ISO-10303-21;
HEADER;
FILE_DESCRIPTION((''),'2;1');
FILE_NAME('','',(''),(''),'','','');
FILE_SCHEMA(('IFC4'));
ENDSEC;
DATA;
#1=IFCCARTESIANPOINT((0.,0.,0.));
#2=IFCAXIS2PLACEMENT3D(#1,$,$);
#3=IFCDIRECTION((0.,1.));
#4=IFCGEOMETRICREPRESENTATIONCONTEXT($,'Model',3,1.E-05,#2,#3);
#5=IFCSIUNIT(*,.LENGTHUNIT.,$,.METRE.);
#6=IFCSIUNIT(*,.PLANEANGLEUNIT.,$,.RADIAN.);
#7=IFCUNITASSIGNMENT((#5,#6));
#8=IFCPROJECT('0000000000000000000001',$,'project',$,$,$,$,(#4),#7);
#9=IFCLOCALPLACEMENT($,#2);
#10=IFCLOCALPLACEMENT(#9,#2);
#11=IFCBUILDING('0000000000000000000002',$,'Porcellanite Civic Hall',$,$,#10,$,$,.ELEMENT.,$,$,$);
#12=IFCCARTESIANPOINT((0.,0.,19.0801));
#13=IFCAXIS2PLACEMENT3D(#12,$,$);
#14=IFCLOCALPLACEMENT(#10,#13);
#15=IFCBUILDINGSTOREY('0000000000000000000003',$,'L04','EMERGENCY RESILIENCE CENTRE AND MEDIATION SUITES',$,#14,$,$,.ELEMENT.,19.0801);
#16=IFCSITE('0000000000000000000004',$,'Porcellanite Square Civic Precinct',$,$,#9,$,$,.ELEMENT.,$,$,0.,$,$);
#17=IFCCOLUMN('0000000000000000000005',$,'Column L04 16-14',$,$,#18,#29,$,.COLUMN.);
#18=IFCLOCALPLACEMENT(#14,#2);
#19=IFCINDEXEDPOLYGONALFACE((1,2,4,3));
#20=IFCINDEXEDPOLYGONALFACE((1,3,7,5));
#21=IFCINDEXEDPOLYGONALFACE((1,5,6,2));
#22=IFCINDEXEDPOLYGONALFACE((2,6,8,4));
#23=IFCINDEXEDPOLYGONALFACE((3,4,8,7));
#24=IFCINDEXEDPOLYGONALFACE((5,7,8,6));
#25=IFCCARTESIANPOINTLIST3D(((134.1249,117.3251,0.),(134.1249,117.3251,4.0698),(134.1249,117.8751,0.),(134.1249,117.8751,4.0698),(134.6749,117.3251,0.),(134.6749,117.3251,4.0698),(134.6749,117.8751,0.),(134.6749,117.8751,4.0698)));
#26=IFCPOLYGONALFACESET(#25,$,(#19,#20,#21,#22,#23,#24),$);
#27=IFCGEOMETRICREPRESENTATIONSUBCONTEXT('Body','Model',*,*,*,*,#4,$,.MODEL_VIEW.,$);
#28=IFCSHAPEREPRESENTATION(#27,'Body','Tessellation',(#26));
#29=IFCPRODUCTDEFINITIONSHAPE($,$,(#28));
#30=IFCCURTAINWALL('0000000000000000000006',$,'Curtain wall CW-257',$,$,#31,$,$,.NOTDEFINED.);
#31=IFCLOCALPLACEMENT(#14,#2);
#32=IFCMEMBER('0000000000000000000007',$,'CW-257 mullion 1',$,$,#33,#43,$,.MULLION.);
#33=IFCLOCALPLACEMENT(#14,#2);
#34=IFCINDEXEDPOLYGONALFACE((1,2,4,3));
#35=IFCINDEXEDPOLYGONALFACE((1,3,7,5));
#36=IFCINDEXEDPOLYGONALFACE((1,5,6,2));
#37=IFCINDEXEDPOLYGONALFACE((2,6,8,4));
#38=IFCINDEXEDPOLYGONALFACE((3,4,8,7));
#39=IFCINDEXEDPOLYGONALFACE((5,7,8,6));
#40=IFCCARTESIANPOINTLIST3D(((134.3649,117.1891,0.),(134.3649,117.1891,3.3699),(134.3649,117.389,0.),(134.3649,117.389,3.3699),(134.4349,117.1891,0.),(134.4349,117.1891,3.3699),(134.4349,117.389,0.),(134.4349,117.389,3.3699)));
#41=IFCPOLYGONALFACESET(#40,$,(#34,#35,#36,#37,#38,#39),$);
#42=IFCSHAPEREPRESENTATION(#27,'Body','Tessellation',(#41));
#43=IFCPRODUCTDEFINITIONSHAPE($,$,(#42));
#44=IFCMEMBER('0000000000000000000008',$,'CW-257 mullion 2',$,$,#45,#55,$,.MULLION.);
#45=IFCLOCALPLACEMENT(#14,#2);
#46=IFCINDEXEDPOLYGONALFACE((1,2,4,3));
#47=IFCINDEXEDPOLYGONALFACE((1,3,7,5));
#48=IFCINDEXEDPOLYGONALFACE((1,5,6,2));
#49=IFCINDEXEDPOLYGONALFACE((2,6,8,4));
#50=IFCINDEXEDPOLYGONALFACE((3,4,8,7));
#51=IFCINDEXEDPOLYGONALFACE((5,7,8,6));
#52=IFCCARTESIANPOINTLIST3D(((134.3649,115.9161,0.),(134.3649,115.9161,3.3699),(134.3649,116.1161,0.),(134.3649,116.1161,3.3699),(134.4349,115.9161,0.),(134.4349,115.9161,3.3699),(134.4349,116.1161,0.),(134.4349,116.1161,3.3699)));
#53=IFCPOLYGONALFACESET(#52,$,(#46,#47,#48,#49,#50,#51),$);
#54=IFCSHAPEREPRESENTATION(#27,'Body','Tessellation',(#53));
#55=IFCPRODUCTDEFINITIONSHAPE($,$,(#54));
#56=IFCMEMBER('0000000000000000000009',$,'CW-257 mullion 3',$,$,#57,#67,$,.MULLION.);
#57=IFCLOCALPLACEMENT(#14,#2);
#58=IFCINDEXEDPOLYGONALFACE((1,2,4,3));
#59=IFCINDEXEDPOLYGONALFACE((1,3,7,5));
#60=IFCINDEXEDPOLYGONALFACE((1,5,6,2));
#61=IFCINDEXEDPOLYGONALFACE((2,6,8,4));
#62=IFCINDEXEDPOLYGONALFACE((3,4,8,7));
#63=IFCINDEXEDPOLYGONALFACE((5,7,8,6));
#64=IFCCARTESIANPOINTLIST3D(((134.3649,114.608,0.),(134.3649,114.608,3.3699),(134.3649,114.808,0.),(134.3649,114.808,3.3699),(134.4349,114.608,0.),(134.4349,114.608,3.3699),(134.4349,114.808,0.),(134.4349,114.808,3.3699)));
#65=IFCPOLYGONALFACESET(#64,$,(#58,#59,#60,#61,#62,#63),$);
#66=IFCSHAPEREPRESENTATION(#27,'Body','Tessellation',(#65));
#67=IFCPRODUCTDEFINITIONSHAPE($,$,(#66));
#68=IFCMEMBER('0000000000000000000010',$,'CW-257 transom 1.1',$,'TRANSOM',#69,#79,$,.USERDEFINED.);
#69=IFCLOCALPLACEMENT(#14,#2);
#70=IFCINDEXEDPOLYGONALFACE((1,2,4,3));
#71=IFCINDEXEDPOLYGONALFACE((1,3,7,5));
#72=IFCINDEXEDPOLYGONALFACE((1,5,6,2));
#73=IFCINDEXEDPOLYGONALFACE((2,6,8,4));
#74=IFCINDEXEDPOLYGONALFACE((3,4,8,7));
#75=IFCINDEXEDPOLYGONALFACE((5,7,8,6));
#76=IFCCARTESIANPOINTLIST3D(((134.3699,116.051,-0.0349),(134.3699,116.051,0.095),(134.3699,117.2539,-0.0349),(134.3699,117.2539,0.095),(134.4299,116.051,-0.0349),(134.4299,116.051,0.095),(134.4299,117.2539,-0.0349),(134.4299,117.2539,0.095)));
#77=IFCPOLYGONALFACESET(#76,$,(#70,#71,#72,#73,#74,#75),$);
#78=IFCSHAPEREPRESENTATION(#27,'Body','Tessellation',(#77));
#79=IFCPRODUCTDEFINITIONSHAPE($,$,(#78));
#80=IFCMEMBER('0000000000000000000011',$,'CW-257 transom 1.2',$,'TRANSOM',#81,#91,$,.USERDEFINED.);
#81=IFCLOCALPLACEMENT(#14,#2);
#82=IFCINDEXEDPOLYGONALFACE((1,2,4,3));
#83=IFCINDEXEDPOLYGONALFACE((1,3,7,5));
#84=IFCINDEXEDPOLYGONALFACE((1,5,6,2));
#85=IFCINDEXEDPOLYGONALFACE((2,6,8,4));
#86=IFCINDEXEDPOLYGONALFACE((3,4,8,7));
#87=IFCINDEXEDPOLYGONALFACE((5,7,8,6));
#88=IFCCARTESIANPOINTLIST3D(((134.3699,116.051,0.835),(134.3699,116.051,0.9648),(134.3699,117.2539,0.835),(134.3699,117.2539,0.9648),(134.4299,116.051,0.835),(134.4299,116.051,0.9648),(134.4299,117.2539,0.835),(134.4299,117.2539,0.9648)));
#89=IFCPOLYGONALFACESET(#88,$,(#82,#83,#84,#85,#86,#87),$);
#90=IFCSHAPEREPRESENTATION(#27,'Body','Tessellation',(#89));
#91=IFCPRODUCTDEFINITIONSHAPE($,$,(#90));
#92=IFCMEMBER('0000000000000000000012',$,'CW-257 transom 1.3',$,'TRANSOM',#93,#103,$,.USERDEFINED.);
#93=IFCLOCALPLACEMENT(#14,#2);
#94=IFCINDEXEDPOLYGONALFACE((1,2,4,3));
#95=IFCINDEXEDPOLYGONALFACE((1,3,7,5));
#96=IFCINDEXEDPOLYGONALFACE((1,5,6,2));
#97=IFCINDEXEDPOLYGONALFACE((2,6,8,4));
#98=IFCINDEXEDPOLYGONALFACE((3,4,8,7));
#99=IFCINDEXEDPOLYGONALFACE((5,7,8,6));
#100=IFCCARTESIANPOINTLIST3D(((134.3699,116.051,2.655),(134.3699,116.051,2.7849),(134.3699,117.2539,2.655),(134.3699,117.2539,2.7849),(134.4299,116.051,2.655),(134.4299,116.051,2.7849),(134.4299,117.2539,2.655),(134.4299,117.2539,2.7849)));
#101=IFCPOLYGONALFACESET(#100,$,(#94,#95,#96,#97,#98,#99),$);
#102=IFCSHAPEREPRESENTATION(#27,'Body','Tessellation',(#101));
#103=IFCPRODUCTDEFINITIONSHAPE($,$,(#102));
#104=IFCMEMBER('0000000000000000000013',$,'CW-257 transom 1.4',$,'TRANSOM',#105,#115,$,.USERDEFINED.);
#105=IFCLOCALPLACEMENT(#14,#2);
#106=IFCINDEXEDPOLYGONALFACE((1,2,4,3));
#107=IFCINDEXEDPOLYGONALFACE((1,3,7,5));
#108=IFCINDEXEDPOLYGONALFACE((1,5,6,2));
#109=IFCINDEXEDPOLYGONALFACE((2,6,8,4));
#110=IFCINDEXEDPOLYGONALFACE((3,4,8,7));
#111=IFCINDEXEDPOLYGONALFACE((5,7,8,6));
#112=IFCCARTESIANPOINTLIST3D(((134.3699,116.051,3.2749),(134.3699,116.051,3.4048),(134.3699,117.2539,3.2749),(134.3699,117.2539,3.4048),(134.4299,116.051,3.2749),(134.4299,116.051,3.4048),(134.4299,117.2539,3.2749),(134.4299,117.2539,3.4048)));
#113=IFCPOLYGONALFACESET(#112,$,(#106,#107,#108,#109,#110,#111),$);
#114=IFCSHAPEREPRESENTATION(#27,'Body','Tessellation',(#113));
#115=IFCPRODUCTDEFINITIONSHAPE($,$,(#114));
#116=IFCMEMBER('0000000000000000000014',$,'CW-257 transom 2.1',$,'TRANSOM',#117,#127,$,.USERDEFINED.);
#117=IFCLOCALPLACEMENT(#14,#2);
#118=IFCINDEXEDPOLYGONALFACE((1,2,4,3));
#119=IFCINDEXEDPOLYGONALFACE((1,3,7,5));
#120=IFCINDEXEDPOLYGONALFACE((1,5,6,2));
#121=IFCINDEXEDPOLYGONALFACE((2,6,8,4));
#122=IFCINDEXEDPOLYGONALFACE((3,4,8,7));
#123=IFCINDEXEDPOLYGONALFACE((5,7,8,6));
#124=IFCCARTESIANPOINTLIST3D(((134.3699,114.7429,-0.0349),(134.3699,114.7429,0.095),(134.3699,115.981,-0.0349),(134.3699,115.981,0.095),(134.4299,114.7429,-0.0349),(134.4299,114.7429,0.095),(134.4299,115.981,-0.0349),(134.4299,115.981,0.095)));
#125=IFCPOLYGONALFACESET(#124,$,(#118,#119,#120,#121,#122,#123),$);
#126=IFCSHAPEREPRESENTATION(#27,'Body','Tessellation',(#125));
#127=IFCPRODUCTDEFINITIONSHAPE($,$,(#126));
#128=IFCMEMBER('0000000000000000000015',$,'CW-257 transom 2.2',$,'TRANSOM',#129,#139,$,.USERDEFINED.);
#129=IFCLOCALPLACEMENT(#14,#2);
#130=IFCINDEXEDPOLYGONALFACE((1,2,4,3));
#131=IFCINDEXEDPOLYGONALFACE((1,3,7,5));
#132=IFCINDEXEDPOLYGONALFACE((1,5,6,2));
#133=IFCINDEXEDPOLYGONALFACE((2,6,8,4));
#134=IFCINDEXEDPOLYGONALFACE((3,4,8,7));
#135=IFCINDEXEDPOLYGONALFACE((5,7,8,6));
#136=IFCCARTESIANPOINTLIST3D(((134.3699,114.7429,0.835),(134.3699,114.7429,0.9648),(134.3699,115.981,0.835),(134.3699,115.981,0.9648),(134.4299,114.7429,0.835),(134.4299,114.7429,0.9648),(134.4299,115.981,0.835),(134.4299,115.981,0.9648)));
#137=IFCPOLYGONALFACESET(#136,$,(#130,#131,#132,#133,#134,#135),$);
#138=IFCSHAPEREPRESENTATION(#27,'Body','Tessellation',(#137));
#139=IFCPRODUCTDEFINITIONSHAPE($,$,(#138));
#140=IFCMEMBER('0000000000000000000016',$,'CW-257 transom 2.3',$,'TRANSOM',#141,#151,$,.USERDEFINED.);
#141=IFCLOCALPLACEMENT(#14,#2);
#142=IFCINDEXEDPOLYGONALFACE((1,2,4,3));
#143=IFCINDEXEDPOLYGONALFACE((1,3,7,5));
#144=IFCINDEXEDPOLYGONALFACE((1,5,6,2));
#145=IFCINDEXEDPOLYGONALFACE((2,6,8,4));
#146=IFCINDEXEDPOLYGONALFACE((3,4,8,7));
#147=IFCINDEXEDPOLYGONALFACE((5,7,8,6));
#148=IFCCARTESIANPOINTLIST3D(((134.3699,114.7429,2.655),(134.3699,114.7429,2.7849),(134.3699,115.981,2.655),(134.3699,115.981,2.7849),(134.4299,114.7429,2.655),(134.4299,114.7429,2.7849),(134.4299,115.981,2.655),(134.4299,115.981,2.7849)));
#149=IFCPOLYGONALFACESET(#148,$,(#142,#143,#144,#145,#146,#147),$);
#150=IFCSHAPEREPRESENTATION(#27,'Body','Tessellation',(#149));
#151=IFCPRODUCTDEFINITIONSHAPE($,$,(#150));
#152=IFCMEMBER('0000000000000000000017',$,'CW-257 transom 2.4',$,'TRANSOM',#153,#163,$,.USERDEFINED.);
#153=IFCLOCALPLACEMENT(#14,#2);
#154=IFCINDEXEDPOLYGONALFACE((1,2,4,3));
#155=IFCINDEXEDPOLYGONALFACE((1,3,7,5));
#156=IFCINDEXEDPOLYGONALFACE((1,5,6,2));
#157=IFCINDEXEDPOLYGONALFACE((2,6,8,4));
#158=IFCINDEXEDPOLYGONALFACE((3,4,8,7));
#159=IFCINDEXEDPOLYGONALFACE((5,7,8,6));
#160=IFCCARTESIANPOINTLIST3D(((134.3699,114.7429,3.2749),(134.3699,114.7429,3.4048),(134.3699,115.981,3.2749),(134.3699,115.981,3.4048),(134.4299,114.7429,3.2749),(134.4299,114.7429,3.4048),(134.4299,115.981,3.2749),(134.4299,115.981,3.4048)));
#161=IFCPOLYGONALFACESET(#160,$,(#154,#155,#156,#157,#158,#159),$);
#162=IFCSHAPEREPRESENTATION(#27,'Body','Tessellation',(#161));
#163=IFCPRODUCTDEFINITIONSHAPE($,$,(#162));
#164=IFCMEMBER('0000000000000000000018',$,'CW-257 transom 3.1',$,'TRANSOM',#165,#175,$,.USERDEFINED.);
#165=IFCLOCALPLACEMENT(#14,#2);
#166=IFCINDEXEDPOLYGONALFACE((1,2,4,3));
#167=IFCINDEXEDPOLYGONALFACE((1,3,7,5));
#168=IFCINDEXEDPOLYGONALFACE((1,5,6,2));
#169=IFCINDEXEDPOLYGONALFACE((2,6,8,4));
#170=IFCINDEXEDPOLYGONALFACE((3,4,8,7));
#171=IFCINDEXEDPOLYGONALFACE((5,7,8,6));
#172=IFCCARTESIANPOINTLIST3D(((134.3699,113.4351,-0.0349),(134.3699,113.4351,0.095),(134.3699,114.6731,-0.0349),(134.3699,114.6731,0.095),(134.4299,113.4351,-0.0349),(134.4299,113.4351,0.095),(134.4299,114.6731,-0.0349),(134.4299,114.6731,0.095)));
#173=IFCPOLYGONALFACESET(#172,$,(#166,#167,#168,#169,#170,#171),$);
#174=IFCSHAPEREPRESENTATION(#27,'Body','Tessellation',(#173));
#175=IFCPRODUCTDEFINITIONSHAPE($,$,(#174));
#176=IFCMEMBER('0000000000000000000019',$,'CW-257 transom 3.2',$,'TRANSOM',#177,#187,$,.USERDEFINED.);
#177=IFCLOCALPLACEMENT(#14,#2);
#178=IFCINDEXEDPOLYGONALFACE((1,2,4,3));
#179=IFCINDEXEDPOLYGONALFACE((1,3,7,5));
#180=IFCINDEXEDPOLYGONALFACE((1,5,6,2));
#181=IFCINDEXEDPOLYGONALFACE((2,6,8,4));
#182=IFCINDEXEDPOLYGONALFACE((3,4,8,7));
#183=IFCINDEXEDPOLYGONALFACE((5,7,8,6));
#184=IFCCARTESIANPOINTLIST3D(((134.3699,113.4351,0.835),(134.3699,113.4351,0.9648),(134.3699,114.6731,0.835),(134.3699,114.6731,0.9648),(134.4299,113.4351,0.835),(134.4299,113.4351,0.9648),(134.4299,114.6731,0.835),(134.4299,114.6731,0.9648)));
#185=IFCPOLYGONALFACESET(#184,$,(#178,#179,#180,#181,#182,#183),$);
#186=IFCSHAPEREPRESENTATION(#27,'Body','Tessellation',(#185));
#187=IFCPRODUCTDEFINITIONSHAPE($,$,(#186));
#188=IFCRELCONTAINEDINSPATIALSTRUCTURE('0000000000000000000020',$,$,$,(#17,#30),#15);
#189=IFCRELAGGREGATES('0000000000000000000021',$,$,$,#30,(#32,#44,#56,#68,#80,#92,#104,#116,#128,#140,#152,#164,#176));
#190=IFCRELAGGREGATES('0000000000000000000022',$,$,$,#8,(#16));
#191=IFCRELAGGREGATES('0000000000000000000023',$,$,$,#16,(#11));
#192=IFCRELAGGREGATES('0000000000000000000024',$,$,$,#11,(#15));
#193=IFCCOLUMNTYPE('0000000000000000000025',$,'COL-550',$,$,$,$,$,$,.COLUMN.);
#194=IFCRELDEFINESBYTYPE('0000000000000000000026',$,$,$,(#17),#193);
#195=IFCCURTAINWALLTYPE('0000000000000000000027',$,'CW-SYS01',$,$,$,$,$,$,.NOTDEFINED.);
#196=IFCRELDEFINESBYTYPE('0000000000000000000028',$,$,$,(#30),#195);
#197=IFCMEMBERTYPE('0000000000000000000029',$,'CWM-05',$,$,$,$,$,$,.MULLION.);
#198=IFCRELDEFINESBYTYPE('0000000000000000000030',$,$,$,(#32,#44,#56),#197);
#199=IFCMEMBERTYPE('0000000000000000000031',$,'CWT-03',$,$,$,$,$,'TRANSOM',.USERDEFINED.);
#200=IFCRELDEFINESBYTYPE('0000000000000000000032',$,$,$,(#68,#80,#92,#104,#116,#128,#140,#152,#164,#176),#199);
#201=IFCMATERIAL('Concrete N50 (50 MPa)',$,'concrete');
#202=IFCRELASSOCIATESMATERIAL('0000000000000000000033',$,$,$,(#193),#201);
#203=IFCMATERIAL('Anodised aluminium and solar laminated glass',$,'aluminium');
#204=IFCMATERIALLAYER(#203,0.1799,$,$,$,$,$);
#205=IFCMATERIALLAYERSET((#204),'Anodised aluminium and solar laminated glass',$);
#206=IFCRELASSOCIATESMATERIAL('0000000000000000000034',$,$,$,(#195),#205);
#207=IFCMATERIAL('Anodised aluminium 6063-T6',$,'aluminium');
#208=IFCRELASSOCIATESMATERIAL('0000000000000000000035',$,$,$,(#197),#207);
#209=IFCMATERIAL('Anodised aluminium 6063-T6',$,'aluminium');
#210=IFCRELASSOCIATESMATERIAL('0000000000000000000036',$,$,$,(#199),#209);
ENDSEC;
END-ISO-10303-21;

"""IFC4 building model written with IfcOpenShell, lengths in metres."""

from ifc_helpers import new_model, si_unit, direction, frame, origin, origin_2d, place, context, subcontext, project, spatial, rectangle, extrude, material, layer, layer_set, material_profile, profile_set, type_object, element, aggregate, save


model = new_model("IFC4")

# Units and contexts
model_context = context("Model", 3, precision=1e-05, world=origin(), true_north=direction((0.0, 1.0)))
body_context = subcontext(model_context, "Body", "Model", "MODEL_VIEW")
ifc_project = project(units=[si_unit("LENGTHUNIT", "METRE"), si_unit("PLANEANGLEUNIT", "RADIAN")], contexts=[model_context])

# Site, building, storey
site_placement = place(None, origin())
site = spatial("IfcSite", under=ifc_project, at=site_placement, Name="Porcellanite Square Civic Precinct", CompositionType="ELEMENT", RefElevation=0.0)
building_placement = place(site_placement, origin())
building = spatial("IfcBuilding", under=site, at=building_placement, Name="Porcellanite Civic Hall", CompositionType="ELEMENT")
storey_placement = place(building_placement, frame((0.0, 0.0, 19.0801)))
storey = spatial("IfcBuildingStorey", under=building, at=storey_placement, Name="L04", Description="EMERGENCY RESILIENCE CENTRE AND MEDIATION SUITES", CompositionType="ELEMENT", Elevation=19.0801)

# Column
ifc_material_1 = material(Name="Concrete N50 (50 MPa)", Category="concrete")
ifc_material_profile_1 = material_profile(ifc_material_1, rectangle(XDim=0.55, YDim=0.55, at=origin_2d()), Name="RC-550x550")
ifc_profile_set_1 = profile_set([ifc_material_profile_1], Name="Concrete N50 (50 MPa)")
column_type = type_object("IfcColumnType", Name="COL-550", PredefinedType="COLUMN", material=ifc_profile_set_1)
column_placement = place(storey_placement, frame((134.3999, 117.6001, 0.0), z_axis=(0.0, 0.0, 1.0), x_axis=(1.0, 0.0, 0.0)))
element("IfcColumn", 1, at=column_placement, inside=storey, type_object=column_type, Name="Column L04 16-14", PredefinedType="COLUMN", context=body_context, shape_type="SweptSolid", body=[
    extrude(rectangle(XDim=0.55, YDim=0.55, at=origin_2d()), origin(), (0.0, 0.0, 1.0), 4.0698),
])

# Curtain wall, members
ifc_material_2 = material(Name="Anodised aluminium and solar laminated glass", Category="aluminium")
ifc_layer_1 = layer(ifc_material_2, 0.1799)
ifc_layer_set_1 = layer_set([ifc_layer_1], Name="Anodised aluminium and solar laminated glass")
curtain_wall_type = type_object("IfcCurtainWallType", Name="CW-SYS01", PredefinedType="NOTDEFINED", material=ifc_layer_set_1)
curtain_wall_placement = place(storey_placement, origin())
curtain_wall = element("IfcCurtainWall", 2, at=curtain_wall_placement, inside=storey, type_object=curtain_wall_type, Name="Curtain wall CW-257", PredefinedType="NOTDEFINED")
ifc_material_3 = material(Name="Anodised aluminium 6063-T6", Category="aluminium")
ifc_material_profile_2 = material_profile(ifc_material_3, rectangle(XDim=0.0701, YDim=0.2, at=origin_2d()), Name="AL-70x200")
ifc_profile_set_2 = profile_set([ifc_material_profile_2], Name="Anodised aluminium 6063-T6")
member_type_1 = type_object("IfcMemberType", Name="CWM-05", PredefinedType="MULLION", material=ifc_profile_set_2)
member_1_placement = place(storey_placement, frame((134.3999, 117.2891, 0.0), z_axis=(0.0, 0.0, 1.0), x_axis=(1.0, 0.0, 0.0)))
member_1 = element("IfcMember", 3, at=member_1_placement, type_object=member_type_1, Name="CW-257 mullion 1", PredefinedType="MULLION", context=body_context, shape_type="SweptSolid", body=[
    extrude(rectangle(XDim=0.0701, YDim=0.2, at=origin_2d()), origin(), (0.0, 0.0, 1.0), 3.3699),
])
member_2_placement = place(storey_placement, frame((134.3999, 116.0161, 0.0), z_axis=(0.0, 0.0, 1.0), x_axis=(1.0, 0.0, 0.0)))
member_2 = element("IfcMember", 4, at=member_2_placement, type_object=member_type_1, Name="CW-257 mullion 2", PredefinedType="MULLION", context=body_context, shape_type="SweptSolid", body=[
    extrude(rectangle(XDim=0.0701, YDim=0.2, at=origin_2d()), origin(), (0.0, 0.0, 1.0), 3.3699),
])
member_3_placement = place(storey_placement, frame((134.3999, 114.708, 0.0), z_axis=(0.0, 0.0, 1.0), x_axis=(1.0, 0.0, 0.0)))
member_3 = element("IfcMember", 5, at=member_3_placement, type_object=member_type_1, Name="CW-257 mullion 3", PredefinedType="MULLION", context=body_context, shape_type="SweptSolid", body=[
    extrude(rectangle(XDim=0.0701, YDim=0.2, at=origin_2d()), origin(), (0.0, 0.0, 1.0), 3.3699),
])
ifc_material_4 = material(Name="Anodised aluminium 6063-T6", Category="aluminium")
ifc_material_profile_3 = material_profile(ifc_material_4, rectangle(XDim=0.0601, YDim=0.1299, at=origin_2d()), Name="AL-60x130")
ifc_profile_set_3 = profile_set([ifc_material_profile_3], Name="Anodised aluminium 6063-T6")
member_type_2 = type_object("IfcMemberType", Name="CWT-03", ElementType="TRANSOM", PredefinedType="USERDEFINED", material=ifc_profile_set_3)
member_4_placement = place(storey_placement, frame((134.3999, 117.2539, 0.03), z_axis=(0.0, -1.0, 0.0), x_axis=(1.0, 0.0, 0.0)))
member_4 = element("IfcMember", 6, at=member_4_placement, type_object=member_type_2, Name="CW-257 transom 1.1", ObjectType="TRANSOM", PredefinedType="USERDEFINED", context=body_context, shape_type="SweptSolid", body=[
    extrude(rectangle(XDim=0.0601, YDim=0.1299, at=origin_2d()), origin(), (0.0, 0.0, 1.0), 1.2029),
])
member_5_placement = place(storey_placement, frame((134.3999, 117.2539, 0.8999), z_axis=(0.0, -1.0, 0.0), x_axis=(1.0, 0.0, 0.0)))
member_5 = element("IfcMember", 7, at=member_5_placement, type_object=member_type_2, Name="CW-257 transom 1.2", ObjectType="TRANSOM", PredefinedType="USERDEFINED", context=body_context, shape_type="SweptSolid", body=[
    extrude(rectangle(XDim=0.0601, YDim=0.1299, at=origin_2d()), origin(), (0.0, 0.0, 1.0), 1.2029),
])
member_6_placement = place(storey_placement, frame((134.3999, 117.2539, 2.72), z_axis=(0.0, -1.0, 0.0), x_axis=(1.0, 0.0, 0.0)))
member_6 = element("IfcMember", 8, at=member_6_placement, type_object=member_type_2, Name="CW-257 transom 1.3", ObjectType="TRANSOM", PredefinedType="USERDEFINED", context=body_context, shape_type="SweptSolid", body=[
    extrude(rectangle(XDim=0.0601, YDim=0.1299, at=origin_2d()), origin(), (0.0, 0.0, 1.0), 1.2029),
])
member_7_placement = place(storey_placement, frame((134.3999, 117.2539, 3.3398), z_axis=(0.0, -1.0, 0.0), x_axis=(1.0, 0.0, 0.0)))
member_7 = element("IfcMember", 9, at=member_7_placement, type_object=member_type_2, Name="CW-257 transom 1.4", ObjectType="TRANSOM", PredefinedType="USERDEFINED", context=body_context, shape_type="SweptSolid", body=[
    extrude(rectangle(XDim=0.0601, YDim=0.1299, at=origin_2d()), origin(), (0.0, 0.0, 1.0), 1.2029),
])
member_8_placement = place(storey_placement, frame((134.3999, 115.981, 0.03), z_axis=(0.0, -1.0, 0.0), x_axis=(1.0, 0.0, 0.0)))
member_8 = element("IfcMember", 10, at=member_8_placement, type_object=member_type_2, Name="CW-257 transom 2.1", ObjectType="TRANSOM", PredefinedType="USERDEFINED", context=body_context, shape_type="SweptSolid", body=[
    extrude(rectangle(XDim=0.0601, YDim=0.1299, at=origin_2d()), origin(), (0.0, 0.0, 1.0), 1.238),
])
member_9_placement = place(storey_placement, frame((134.3999, 115.981, 0.8999), z_axis=(0.0, -1.0, 0.0), x_axis=(1.0, 0.0, 0.0)))
member_9 = element("IfcMember", 11, at=member_9_placement, type_object=member_type_2, Name="CW-257 transom 2.2", ObjectType="TRANSOM", PredefinedType="USERDEFINED", context=body_context, shape_type="SweptSolid", body=[
    extrude(rectangle(XDim=0.0601, YDim=0.1299, at=origin_2d()), origin(), (0.0, 0.0, 1.0), 1.238),
])
member_10_placement = place(storey_placement, frame((134.3999, 115.981, 2.72), z_axis=(0.0, -1.0, 0.0), x_axis=(1.0, 0.0, 0.0)))
member_10 = element("IfcMember", 12, at=member_10_placement, type_object=member_type_2, Name="CW-257 transom 2.3", ObjectType="TRANSOM", PredefinedType="USERDEFINED", context=body_context, shape_type="SweptSolid", body=[
    extrude(rectangle(XDim=0.0601, YDim=0.1299, at=origin_2d()), origin(), (0.0, 0.0, 1.0), 1.238),
])
member_11_placement = place(storey_placement, frame((134.3999, 115.981, 3.3398), z_axis=(0.0, -1.0, 0.0), x_axis=(1.0, 0.0, 0.0)))
member_11 = element("IfcMember", 13, at=member_11_placement, type_object=member_type_2, Name="CW-257 transom 2.4", ObjectType="TRANSOM", PredefinedType="USERDEFINED", context=body_context, shape_type="SweptSolid", body=[
    extrude(rectangle(XDim=0.0601, YDim=0.1299, at=origin_2d()), origin(), (0.0, 0.0, 1.0), 1.238),
])
member_12_placement = place(storey_placement, frame((134.3999, 114.6731, 0.03), z_axis=(0.0, -1.0, 0.0), x_axis=(1.0, 0.0, 0.0)))
member_12 = element("IfcMember", 14, at=member_12_placement, type_object=member_type_2, Name="CW-257 transom 3.1", ObjectType="TRANSOM", PredefinedType="USERDEFINED", context=body_context, shape_type="SweptSolid", body=[
    extrude(rectangle(XDim=0.0601, YDim=0.1299, at=origin_2d()), origin(), (0.0, 0.0, 1.0), 1.238),
])
member_13_placement = place(storey_placement, frame((134.3999, 114.6731, 0.8999), z_axis=(0.0, -1.0, 0.0), x_axis=(1.0, 0.0, 0.0)))
member_13 = element("IfcMember", 15, at=member_13_placement, type_object=member_type_2, Name="CW-257 transom 3.2", ObjectType="TRANSOM", PredefinedType="USERDEFINED", context=body_context, shape_type="SweptSolid", body=[
    extrude(rectangle(XDim=0.0601, YDim=0.1299, at=origin_2d()), origin(), (0.0, 0.0, 1.0), 1.238),
])

aggregate(curtain_wall, [member_1, member_2, member_3, member_4, member_5, member_6, member_7, member_8, member_9, member_10, member_11, member_12, member_13])

save(model, "model.ifc")
